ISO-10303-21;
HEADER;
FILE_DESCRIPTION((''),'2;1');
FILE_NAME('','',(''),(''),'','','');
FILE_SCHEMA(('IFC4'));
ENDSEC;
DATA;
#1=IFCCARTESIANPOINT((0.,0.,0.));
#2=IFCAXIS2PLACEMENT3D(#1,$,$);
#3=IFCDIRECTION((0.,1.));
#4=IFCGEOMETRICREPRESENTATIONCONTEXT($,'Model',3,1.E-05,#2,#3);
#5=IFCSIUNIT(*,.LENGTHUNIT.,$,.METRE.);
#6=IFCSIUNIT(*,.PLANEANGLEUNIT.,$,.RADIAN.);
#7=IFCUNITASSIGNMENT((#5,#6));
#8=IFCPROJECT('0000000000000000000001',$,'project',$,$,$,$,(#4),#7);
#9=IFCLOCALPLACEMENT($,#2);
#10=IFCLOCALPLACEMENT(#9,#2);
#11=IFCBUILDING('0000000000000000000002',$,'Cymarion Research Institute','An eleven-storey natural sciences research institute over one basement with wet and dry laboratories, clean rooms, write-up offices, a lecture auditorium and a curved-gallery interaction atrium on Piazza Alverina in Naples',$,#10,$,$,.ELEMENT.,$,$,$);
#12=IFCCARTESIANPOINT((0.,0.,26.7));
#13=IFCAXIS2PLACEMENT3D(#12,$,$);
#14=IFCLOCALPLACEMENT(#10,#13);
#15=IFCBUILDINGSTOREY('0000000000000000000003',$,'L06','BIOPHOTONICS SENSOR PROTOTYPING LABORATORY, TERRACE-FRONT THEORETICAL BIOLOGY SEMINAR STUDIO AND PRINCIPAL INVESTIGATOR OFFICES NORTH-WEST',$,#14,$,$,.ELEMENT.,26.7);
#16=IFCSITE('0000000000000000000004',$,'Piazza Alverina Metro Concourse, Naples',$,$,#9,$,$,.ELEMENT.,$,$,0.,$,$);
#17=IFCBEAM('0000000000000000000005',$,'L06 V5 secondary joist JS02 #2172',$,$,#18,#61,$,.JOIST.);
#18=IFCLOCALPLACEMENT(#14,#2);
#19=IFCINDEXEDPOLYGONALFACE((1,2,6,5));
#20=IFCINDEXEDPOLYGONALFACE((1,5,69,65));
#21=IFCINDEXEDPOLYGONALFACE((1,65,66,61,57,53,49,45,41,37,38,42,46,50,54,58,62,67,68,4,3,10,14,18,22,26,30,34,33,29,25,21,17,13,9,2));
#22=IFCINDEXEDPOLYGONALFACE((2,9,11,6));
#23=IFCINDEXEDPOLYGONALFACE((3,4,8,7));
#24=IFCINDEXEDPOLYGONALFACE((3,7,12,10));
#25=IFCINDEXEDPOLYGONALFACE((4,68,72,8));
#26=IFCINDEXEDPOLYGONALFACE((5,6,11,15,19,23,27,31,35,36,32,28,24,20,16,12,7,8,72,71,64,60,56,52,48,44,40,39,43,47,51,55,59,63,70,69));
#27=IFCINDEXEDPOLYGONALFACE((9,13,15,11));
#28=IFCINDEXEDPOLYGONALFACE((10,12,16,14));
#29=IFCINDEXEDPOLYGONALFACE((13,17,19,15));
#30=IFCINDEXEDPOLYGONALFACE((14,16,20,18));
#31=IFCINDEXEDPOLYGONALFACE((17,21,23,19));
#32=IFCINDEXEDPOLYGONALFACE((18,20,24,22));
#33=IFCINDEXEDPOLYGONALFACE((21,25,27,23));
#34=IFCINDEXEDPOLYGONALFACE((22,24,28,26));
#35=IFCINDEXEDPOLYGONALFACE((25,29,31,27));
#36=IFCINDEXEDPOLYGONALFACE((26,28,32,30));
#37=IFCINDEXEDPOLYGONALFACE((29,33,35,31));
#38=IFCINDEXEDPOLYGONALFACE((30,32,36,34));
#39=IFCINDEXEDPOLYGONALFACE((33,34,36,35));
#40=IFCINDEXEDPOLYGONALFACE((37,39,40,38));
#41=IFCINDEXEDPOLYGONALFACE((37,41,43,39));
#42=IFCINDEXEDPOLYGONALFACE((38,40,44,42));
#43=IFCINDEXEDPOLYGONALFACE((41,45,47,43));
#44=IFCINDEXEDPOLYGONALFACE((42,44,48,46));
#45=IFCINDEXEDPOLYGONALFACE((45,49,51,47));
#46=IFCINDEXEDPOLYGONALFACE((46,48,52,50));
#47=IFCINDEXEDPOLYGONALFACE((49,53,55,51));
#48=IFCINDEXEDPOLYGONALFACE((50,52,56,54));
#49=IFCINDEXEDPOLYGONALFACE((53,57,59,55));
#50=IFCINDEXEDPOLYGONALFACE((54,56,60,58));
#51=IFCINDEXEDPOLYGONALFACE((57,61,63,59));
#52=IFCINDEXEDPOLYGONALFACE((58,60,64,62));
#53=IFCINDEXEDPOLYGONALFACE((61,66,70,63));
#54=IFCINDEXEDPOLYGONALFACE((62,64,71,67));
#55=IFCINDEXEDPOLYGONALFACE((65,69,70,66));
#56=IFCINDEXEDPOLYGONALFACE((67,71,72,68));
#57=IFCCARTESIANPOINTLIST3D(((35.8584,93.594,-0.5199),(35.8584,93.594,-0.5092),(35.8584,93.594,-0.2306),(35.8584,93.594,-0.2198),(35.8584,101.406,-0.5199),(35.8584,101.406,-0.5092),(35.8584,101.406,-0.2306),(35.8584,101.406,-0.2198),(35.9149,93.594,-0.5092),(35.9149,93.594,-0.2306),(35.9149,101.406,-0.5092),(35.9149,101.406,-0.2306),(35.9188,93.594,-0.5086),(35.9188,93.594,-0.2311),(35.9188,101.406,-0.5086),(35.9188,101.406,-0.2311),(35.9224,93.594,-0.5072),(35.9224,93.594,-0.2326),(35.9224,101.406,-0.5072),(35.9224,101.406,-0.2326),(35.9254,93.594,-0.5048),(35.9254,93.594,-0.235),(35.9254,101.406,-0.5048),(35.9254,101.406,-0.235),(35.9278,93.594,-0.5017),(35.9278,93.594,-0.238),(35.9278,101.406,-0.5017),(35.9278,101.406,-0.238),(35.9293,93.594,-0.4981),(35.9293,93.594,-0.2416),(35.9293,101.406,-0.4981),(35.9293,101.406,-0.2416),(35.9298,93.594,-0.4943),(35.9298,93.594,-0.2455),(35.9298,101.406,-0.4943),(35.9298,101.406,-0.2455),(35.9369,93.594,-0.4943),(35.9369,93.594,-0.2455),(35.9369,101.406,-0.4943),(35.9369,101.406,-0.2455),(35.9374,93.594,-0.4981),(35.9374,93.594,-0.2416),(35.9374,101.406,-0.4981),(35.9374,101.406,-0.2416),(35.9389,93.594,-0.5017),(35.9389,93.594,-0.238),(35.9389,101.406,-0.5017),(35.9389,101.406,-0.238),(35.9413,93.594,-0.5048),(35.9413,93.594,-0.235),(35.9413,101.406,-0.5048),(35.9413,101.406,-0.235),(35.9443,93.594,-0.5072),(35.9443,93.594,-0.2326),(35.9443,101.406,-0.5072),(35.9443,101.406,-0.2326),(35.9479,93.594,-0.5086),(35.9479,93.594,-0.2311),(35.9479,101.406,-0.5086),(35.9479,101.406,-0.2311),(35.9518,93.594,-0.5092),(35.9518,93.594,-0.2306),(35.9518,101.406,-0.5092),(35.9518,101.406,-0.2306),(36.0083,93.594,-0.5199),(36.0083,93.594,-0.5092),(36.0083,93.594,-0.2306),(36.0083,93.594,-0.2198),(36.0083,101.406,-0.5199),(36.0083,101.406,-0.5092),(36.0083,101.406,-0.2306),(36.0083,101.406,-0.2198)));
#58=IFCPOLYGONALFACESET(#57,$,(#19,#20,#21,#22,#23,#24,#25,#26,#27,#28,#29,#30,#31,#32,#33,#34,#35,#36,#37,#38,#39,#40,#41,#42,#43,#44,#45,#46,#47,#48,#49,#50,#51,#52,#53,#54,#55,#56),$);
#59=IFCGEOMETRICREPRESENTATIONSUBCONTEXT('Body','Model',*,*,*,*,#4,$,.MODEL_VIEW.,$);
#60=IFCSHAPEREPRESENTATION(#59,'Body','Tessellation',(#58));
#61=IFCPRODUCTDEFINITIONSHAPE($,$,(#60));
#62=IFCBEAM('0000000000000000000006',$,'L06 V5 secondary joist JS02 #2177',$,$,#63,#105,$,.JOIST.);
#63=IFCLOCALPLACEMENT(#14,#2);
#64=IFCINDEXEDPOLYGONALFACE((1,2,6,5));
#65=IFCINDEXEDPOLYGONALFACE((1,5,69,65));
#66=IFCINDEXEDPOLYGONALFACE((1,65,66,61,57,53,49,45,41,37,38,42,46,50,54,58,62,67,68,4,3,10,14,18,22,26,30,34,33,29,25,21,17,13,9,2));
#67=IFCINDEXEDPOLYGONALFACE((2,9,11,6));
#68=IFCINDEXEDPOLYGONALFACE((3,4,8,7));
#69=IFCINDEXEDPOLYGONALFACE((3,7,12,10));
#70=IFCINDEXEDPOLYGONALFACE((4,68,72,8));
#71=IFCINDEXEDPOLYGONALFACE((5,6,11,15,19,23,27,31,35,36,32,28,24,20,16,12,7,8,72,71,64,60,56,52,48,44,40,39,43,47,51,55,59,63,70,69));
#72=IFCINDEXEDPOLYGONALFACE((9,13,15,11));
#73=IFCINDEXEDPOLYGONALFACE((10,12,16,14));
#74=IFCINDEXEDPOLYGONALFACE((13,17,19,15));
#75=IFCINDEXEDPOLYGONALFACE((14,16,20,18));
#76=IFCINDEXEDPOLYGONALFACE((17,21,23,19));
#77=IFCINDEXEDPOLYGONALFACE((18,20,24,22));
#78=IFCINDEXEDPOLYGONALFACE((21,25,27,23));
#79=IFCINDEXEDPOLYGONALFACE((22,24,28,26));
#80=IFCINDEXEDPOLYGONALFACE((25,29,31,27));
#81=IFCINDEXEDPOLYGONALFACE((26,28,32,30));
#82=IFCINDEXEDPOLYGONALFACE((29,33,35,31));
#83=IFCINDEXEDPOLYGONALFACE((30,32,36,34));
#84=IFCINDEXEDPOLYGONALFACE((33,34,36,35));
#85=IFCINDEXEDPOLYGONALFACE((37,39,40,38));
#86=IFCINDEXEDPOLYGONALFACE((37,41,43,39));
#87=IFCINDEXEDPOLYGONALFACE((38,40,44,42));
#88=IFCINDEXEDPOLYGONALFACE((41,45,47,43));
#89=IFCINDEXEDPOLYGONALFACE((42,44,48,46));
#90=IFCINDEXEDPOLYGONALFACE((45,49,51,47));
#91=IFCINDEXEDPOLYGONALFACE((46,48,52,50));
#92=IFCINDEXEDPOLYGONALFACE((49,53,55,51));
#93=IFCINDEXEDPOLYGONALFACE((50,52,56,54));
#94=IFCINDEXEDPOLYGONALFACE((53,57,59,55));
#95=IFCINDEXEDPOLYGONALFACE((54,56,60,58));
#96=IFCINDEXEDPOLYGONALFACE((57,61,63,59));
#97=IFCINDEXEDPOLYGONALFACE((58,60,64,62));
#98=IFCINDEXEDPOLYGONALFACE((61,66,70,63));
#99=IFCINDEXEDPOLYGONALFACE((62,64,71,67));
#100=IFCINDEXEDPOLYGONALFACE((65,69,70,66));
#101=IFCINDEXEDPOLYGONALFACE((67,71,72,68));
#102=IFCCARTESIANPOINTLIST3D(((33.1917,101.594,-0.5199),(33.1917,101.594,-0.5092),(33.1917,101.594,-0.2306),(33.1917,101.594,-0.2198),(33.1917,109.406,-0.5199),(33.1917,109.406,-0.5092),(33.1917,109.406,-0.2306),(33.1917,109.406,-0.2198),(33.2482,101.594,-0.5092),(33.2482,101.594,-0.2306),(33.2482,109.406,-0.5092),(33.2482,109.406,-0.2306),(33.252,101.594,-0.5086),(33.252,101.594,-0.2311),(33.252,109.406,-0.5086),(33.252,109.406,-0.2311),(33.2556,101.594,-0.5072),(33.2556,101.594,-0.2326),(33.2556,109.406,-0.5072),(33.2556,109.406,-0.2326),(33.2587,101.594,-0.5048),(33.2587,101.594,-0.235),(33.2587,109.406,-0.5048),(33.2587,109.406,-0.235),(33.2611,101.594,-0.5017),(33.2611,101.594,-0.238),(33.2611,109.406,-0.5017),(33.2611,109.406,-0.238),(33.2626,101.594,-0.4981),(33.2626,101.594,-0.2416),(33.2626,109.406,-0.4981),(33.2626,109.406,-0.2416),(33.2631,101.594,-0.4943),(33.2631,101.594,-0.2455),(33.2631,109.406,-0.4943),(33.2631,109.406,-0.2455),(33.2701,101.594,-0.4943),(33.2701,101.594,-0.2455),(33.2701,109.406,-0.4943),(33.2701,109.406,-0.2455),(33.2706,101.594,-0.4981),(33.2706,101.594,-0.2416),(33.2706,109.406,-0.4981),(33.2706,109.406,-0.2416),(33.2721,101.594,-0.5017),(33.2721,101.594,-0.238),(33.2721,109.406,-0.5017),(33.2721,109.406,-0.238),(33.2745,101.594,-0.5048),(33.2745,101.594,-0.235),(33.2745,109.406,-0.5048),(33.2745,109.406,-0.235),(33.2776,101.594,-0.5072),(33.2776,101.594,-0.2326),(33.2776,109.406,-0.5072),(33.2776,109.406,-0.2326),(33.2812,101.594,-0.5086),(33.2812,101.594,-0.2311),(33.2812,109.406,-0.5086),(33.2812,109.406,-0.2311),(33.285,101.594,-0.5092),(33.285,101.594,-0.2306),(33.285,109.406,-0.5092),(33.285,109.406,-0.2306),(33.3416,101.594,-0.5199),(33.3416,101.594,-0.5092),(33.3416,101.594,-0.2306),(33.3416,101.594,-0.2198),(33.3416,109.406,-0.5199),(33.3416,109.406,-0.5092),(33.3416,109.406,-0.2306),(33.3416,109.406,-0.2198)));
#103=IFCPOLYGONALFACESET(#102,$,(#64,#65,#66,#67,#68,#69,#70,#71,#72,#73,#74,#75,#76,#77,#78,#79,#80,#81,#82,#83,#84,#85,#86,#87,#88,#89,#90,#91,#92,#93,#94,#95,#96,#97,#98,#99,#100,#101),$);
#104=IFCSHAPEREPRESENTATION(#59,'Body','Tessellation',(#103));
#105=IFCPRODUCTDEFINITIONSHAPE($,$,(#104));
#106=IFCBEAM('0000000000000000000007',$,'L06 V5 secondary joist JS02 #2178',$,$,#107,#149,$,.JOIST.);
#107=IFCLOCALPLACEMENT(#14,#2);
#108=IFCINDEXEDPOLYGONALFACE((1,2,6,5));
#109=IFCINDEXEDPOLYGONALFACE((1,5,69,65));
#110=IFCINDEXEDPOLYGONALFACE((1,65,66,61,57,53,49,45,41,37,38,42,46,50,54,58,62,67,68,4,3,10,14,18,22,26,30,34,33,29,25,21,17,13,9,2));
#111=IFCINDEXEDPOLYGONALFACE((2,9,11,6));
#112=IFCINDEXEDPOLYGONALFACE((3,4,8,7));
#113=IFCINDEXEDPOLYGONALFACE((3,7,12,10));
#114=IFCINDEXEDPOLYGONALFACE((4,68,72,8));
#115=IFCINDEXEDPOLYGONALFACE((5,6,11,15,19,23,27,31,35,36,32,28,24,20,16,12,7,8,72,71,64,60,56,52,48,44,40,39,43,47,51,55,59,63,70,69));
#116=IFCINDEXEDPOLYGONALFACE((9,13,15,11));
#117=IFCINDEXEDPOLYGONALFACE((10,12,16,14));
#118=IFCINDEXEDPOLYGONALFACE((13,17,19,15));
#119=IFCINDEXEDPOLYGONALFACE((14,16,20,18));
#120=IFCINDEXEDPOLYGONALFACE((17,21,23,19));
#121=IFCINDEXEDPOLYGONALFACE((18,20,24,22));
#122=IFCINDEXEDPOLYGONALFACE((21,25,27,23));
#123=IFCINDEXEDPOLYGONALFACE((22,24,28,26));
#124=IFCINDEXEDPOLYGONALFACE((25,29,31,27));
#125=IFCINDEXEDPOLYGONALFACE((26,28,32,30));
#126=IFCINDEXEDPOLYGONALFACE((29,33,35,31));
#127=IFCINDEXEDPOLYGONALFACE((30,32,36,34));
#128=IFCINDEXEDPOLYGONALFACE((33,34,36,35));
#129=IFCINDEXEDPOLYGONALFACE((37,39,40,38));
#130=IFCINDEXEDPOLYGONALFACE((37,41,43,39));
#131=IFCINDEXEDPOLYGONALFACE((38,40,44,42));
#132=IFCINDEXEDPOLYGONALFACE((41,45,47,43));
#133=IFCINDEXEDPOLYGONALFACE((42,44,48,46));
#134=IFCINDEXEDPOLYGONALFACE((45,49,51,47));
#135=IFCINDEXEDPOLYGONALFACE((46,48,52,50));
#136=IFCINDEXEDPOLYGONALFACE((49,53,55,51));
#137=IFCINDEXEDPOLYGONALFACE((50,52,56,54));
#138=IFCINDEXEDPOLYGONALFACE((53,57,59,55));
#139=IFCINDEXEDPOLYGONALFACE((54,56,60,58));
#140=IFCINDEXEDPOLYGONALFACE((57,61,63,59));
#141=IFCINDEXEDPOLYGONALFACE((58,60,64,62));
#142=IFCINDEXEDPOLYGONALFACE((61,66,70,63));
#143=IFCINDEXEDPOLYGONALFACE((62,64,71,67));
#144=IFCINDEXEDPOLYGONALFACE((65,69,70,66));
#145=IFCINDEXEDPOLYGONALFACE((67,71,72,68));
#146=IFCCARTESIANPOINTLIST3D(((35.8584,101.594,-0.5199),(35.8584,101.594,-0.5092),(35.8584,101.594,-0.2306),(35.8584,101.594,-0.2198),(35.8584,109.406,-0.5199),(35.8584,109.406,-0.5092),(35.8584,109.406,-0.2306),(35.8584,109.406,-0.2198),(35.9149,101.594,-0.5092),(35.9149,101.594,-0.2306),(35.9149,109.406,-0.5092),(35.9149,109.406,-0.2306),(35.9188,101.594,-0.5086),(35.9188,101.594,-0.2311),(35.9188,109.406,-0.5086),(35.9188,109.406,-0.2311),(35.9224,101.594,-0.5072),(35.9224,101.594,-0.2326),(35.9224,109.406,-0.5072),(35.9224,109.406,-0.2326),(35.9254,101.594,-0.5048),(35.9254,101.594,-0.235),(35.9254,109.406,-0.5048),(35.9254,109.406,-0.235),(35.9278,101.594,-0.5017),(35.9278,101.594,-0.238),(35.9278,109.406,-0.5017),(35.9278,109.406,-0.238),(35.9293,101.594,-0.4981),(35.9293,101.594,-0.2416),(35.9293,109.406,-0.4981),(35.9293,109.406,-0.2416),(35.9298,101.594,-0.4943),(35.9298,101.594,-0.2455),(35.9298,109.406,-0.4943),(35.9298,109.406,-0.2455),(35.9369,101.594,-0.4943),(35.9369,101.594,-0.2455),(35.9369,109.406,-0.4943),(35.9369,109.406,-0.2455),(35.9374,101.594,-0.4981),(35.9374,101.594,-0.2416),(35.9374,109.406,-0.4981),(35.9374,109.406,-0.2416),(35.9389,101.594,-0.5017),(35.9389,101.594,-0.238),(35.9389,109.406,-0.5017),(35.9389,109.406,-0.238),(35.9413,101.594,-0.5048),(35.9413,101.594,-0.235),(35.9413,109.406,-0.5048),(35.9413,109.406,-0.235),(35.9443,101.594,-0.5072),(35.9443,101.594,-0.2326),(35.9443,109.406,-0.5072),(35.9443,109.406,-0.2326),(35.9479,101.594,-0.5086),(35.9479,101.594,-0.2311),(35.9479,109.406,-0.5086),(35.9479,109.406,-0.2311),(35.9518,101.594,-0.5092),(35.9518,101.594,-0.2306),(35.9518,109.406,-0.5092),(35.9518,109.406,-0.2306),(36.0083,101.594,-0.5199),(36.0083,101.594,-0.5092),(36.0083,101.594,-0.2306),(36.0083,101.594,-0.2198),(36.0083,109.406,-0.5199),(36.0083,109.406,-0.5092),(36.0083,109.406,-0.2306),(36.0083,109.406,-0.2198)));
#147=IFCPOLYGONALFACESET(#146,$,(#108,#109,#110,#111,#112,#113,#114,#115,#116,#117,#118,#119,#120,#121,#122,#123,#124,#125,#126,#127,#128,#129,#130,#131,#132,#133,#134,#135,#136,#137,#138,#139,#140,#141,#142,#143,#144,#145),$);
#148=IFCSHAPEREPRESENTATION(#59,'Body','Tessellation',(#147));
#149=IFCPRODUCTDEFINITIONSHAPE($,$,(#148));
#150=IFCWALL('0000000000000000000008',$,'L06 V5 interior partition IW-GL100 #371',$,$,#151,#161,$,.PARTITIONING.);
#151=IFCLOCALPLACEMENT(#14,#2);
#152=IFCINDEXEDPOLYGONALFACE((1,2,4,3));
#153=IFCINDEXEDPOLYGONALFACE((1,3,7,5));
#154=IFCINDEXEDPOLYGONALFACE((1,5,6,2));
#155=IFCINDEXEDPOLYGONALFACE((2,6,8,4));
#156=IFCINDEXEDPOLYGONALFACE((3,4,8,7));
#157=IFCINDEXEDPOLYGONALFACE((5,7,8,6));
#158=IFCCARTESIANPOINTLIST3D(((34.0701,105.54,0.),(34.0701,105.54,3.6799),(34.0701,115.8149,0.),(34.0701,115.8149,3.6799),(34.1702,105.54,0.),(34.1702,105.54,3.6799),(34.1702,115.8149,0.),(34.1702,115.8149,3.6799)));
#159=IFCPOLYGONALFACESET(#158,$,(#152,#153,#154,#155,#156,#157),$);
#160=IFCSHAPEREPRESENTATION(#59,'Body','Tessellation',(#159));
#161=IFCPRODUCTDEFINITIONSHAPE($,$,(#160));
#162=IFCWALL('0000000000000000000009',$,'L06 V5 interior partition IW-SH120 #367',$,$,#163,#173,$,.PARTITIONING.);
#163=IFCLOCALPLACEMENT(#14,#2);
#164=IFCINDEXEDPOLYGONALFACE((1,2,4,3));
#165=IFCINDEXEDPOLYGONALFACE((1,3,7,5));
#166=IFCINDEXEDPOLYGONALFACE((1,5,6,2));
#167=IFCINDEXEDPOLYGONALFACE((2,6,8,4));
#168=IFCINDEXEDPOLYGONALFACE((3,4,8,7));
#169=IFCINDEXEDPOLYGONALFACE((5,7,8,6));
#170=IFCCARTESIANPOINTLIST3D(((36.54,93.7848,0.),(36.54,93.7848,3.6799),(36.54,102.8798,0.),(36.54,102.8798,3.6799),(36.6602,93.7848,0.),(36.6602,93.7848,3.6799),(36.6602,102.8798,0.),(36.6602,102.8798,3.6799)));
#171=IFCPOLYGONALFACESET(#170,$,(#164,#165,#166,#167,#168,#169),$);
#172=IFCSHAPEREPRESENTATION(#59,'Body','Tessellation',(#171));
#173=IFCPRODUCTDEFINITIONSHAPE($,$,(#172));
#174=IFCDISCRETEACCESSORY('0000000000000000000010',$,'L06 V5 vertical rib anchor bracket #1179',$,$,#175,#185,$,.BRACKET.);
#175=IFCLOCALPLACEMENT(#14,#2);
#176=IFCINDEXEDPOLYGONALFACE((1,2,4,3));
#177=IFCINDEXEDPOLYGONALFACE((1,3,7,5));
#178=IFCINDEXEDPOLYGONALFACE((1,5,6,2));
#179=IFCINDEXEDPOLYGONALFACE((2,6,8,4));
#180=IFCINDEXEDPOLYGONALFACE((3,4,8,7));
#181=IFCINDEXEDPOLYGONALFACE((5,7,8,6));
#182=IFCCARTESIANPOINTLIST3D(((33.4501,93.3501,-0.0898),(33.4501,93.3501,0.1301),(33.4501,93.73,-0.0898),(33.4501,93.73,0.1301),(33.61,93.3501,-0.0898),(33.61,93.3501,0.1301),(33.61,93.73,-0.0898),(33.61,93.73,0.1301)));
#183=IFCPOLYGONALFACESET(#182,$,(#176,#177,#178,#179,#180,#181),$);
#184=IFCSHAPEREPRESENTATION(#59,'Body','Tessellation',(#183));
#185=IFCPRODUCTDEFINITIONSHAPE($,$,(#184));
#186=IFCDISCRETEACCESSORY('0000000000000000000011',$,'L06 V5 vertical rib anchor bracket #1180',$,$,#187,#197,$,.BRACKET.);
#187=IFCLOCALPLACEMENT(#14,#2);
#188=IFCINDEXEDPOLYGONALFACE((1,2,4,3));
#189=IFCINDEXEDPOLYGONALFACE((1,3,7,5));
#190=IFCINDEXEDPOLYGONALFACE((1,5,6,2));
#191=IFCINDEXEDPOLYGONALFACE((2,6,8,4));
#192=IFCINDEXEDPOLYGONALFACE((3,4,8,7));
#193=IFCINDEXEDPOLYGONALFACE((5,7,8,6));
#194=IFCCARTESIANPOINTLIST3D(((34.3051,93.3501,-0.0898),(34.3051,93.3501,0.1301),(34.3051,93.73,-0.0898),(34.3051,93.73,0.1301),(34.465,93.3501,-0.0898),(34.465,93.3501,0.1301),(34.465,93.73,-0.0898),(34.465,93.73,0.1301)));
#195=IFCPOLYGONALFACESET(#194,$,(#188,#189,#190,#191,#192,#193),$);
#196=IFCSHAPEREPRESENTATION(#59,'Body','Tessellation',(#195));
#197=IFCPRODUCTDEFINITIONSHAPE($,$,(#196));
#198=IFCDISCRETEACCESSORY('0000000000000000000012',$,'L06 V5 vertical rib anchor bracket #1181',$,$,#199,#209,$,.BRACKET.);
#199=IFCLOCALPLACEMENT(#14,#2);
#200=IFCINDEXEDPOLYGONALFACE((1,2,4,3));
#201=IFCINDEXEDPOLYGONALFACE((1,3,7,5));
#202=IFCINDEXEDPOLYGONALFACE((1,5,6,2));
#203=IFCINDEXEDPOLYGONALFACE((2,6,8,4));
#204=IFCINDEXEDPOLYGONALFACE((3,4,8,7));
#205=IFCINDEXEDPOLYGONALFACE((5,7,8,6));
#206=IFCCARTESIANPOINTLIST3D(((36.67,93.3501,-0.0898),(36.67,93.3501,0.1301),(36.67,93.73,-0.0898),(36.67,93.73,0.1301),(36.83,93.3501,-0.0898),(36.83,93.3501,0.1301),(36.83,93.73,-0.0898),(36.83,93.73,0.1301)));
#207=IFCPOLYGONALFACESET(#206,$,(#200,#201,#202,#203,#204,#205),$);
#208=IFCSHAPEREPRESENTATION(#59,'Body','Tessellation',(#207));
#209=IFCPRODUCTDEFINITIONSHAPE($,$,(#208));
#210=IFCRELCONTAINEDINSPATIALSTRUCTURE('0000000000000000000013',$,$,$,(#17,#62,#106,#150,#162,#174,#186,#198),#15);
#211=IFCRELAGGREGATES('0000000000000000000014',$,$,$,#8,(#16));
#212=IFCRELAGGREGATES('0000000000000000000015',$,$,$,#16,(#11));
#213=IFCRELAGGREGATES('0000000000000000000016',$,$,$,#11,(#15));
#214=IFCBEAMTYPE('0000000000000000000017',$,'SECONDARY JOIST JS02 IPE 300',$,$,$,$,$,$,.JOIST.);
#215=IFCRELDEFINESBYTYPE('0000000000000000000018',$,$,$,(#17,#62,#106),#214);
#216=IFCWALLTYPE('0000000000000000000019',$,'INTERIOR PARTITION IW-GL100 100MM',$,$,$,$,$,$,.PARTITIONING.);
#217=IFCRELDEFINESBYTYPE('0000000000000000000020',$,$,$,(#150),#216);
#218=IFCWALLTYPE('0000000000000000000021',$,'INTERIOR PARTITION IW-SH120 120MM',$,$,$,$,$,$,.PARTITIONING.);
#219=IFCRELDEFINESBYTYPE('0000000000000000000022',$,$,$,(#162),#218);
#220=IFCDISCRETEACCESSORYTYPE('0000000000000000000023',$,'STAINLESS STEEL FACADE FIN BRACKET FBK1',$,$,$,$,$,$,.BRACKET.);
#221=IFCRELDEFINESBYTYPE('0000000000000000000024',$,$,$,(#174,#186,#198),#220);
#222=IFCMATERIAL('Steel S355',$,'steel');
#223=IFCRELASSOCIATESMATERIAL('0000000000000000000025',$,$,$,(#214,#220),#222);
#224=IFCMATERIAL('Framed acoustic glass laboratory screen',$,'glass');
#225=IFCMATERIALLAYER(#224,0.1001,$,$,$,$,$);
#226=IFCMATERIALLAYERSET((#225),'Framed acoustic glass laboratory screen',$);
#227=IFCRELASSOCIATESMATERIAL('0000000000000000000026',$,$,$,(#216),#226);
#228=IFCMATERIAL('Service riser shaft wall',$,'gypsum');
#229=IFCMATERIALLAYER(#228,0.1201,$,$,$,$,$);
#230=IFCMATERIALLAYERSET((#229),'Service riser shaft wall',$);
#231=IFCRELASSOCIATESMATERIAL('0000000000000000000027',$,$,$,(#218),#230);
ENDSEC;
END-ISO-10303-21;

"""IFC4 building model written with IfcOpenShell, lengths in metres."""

from ifc_helpers import new_model, si_unit, direction, frame, frame_2d, origin, origin_2d, place, context, subcontext, project, spatial, rectangle, i_section, extrude, material, layer, layer_set, material_profile, profile_set, type_object, element, save


model = new_model("IFC4")

# Units and contexts
model_context = context("Model", 3, precision=1e-05, world=origin(), true_north=direction((0.0, 1.0)))
body_context = subcontext(model_context, "Body", "Model", "MODEL_VIEW")
ifc_project = project(units=[si_unit("LENGTHUNIT", "METRE"), si_unit("PLANEANGLEUNIT", "RADIAN")], contexts=[model_context])

# Site, building, storey
site_placement = place(None, origin())
site = spatial("IfcSite", under=ifc_project, at=site_placement, Name="Piazza Alverina Metro Concourse, Naples", CompositionType="ELEMENT", RefElevation=0.0)
building_placement = place(site_placement, origin())
building = spatial("IfcBuilding", under=site, at=building_placement, Name="Cymarion Research Institute", Description="An eleven-storey natural sciences research institute over one basement with wet and dry laboratories, clean rooms, write-up offices, a lecture auditorium and a curved-gallery interaction atrium on Piazza Alverina in Naples", CompositionType="ELEMENT")
storey_placement = place(building_placement, frame((0.0, 0.0, 26.7)))
storey = spatial("IfcBuildingStorey", under=building, at=storey_placement, Name="L06", Description="BIOPHOTONICS SENSOR PROTOTYPING LABORATORY, TERRACE-FRONT THEORETICAL BIOLOGY SEMINAR STUDIO AND PRINCIPAL INVESTIGATOR OFFICES NORTH-WEST", CompositionType="ELEMENT", Elevation=26.7)

# Shared definitions
ifc_material_1 = material(Name="Steel S355", Category="steel")

# Beams
ifc_material_profile_1 = material_profile(ifc_material_1, i_section(OverallWidth=0.1499, OverallDepth=0.3, WebThickness=0.0071, FlangeThickness=0.0107, FilletRadius=0.0149, at=origin_2d()), Name="IPE 300")
ifc_profile_set_1 = profile_set([ifc_material_profile_1], Name="Steel S355")
beam_type_1 = type_object("IfcBeamType", Name="SECONDARY JOIST JS02 IPE 300", PredefinedType="JOIST", material=ifc_profile_set_1)
for number, where, z_axis, x_axis, name in (
    (1, (35.9333, 93.594, -0.3699), (0.0, 1.0, 0.0), (-1.0, 0.0, 0.0), "L06 V5 secondary joist JS02 #2172"),
    (2, (33.2666, 101.594, -0.3699), (0.0, 1.0, 0.0), (-1.0, 0.0, 0.0), "L06 V5 secondary joist JS02 #2177"),
    (3, (35.9333, 101.594, -0.3699), (0.0, 1.0, 0.0), (-1.0, 0.0, 0.0), "L06 V5 secondary joist JS02 #2178"),
):
    element("IfcBeam", number, at=place(storey_placement, frame(where, z_axis=z_axis, x_axis=x_axis)), inside=storey, type_object=beam_type_1, Name=name, PredefinedType="JOIST", context=body_context, shape_type="SweptSolid", body=[
        extrude(i_section(OverallWidth=0.1499, OverallDepth=0.3, WebThickness=0.0071, FlangeThickness=0.0107, FilletRadius=0.0149, at=origin_2d()), origin(), (0.0, 0.0, 1.0), 7.812),
    ])

# Walls
ifc_material_2 = material(Name="Framed acoustic glass laboratory screen", Category="glass")
ifc_layer_1 = layer(ifc_material_2, 0.1001)
ifc_layer_set_1 = layer_set([ifc_layer_1], Name="Framed acoustic glass laboratory screen")
wall_type_1 = type_object("IfcWallType", Name="INTERIOR PARTITION IW-GL100 100MM", PredefinedType="PARTITIONING", material=ifc_layer_set_1)
wall_1_placement = place(storey_placement, frame((34.1201, 105.54, 0.0), z_axis=(0.0, 0.0, 1.0), x_axis=(0.0, 1.0, 0.0)))
element("IfcWall", 4, at=wall_1_placement, inside=storey, type_object=wall_type_1, Name="L06 V5 interior partition IW-GL100 #371", PredefinedType="PARTITIONING", context=body_context, shape_type="SweptSolid", body=[
    extrude(rectangle(XDim=10.2749, YDim=0.1001, at=frame_2d((5.1375, 0.0))), origin(), (0.0, 0.0, 1.0), 3.6799),
])
ifc_material_3 = material(Name="Service riser shaft wall", Category="gypsum")
ifc_layer_2 = layer(ifc_material_3, 0.1201)
ifc_layer_set_2 = layer_set([ifc_layer_2], Name="Service riser shaft wall")
wall_type_2 = type_object("IfcWallType", Name="INTERIOR PARTITION IW-SH120 120MM", PredefinedType="PARTITIONING", material=ifc_layer_set_2)
wall_2_placement = place(storey_placement, frame((36.6001, 93.7849, 0.0), z_axis=(0.0, 0.0, 1.0), x_axis=(0.0, 1.0, 0.0)))
element("IfcWall", 5, at=wall_2_placement, inside=storey, type_object=wall_type_2, Name="L06 V5 interior partition IW-SH120 #367", PredefinedType="PARTITIONING", context=body_context, shape_type="SweptSolid", body=[
    extrude(rectangle(XDim=9.095, YDim=0.1201, at=frame_2d((4.5474, 0.0))), origin(), (0.0, 0.0, 1.0), 3.6799),
])

# Discrete accessories
discrete_accessory_type = type_object("IfcDiscreteAccessoryType", Name="STAINLESS STEEL FACADE FIN BRACKET FBK1", PredefinedType="BRACKET", material=ifc_material_1)
for number, where, z_axis, x_axis, name in (
    (6, (33.53, 93.54, -0.0898), (0.0, 0.0, 1.0), (0.0, -1.0, 0.0), "L06 V5 vertical rib anchor bracket #1179"),
    (7, (34.385, 93.54, -0.0898), (0.0, 0.0, 1.0), (0.0, -1.0, 0.0), "L06 V5 vertical rib anchor bracket #1180"),
    (8, (36.75, 93.54, -0.0898), (0.0, 0.0, 1.0), (0.0, -1.0, 0.0), "L06 V5 vertical rib anchor bracket #1181"),
):
    element("IfcDiscreteAccessory", number, at=place(storey_placement, frame(where, z_axis=z_axis, x_axis=x_axis)), inside=storey, type_object=discrete_accessory_type, Name=name, PredefinedType="BRACKET", context=body_context, shape_type="SweptSolid", body=[
        extrude(rectangle(XDim=0.3799, YDim=0.1599, at=origin_2d()), origin(), (0.0, 0.0, 1.0), 0.22),
    ])

save(model, "model.ifc")
